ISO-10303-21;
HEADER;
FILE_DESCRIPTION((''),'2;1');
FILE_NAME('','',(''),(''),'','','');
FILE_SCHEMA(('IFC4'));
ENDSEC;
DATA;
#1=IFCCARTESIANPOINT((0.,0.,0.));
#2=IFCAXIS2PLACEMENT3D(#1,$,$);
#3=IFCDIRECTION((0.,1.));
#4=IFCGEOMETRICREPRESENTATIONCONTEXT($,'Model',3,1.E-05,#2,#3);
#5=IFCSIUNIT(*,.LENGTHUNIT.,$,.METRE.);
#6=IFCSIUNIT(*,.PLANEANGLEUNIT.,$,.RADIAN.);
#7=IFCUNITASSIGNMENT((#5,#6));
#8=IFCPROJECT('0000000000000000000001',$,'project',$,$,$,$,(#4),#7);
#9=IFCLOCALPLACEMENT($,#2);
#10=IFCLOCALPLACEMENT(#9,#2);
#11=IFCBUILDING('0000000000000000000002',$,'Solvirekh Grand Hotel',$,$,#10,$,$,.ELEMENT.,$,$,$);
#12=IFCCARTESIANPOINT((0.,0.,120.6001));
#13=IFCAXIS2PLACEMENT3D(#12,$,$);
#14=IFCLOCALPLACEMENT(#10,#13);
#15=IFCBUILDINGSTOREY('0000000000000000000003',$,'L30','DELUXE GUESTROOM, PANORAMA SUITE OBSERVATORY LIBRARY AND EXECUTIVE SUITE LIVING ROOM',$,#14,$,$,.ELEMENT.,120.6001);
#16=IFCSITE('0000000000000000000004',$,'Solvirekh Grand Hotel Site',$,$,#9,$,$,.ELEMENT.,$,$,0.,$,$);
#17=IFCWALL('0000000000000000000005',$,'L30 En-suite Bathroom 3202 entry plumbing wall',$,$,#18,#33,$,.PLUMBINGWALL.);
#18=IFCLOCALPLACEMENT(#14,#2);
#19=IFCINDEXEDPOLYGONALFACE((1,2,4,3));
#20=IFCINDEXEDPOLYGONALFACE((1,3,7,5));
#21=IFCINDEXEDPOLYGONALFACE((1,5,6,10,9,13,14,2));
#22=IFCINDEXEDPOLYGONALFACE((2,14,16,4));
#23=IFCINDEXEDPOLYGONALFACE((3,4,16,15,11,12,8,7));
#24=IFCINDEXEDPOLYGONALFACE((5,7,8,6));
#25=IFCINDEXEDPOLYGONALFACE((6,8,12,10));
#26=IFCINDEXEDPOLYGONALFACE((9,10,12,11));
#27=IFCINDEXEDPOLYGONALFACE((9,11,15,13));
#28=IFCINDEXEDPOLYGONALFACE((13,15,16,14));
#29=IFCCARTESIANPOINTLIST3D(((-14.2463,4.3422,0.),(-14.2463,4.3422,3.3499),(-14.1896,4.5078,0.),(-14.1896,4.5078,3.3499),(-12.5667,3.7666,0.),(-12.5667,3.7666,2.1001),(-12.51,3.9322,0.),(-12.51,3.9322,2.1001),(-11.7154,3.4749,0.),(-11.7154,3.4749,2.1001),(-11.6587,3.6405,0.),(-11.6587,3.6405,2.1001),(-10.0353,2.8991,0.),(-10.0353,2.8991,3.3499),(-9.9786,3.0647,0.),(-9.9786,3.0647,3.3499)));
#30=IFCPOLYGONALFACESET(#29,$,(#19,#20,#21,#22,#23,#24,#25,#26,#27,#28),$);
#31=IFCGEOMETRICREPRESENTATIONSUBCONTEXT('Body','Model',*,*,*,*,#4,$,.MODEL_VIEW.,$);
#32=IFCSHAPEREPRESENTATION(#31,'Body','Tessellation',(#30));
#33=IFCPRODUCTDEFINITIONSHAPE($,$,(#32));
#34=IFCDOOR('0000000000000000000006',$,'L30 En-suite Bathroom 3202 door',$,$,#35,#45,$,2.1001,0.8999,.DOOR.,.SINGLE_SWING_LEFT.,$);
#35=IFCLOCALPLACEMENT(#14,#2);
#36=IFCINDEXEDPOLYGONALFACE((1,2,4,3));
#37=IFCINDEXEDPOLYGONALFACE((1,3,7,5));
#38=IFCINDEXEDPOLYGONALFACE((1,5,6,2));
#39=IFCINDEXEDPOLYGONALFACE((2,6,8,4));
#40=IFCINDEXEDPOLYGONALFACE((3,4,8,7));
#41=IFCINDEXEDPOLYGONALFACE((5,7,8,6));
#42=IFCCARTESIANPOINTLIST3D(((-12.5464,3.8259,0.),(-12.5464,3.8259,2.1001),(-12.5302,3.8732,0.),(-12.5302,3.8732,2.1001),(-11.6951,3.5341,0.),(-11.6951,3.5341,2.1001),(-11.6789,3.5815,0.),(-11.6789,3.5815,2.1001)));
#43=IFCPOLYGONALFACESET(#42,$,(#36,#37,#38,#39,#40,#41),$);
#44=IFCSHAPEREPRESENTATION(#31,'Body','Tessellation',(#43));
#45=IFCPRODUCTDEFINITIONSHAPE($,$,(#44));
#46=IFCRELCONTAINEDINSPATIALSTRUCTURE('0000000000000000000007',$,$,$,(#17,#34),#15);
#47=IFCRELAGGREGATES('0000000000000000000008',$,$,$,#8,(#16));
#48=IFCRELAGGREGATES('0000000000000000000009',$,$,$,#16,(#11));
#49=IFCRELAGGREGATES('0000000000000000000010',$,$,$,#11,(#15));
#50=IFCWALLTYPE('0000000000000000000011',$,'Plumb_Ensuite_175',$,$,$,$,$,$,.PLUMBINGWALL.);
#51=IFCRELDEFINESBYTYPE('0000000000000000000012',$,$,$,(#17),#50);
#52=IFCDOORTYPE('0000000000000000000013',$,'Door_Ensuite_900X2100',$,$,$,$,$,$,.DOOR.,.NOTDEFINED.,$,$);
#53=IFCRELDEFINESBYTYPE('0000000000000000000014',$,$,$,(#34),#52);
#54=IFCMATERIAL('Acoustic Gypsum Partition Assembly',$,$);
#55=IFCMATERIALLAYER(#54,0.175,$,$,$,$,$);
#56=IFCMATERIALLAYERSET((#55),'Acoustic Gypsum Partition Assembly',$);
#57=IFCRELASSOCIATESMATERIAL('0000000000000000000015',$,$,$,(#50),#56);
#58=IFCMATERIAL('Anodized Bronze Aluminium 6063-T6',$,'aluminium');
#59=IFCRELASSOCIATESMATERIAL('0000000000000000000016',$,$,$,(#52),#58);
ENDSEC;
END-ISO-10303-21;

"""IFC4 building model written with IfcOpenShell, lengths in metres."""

from ifc_helpers import new_model, si_unit, direction, frame, frame_2d, origin, place, context, subcontext, project, spatial, rectangle, extrude, material, layer, layer_set, type_object, element, fill, save


model = new_model("IFC4")

# Units and contexts
model_context = context("Model", 3, precision=1e-05, world=origin(), true_north=direction((0.0, 1.0)))
body_context = subcontext(model_context, "Body", "Model", "MODEL_VIEW")
ifc_project = project(units=[si_unit("LENGTHUNIT", "METRE"), si_unit("PLANEANGLEUNIT", "RADIAN")], contexts=[model_context])

# Site, building, storey
site_placement = place(None, origin())
site = spatial("IfcSite", under=ifc_project, at=site_placement, Name="Solvirekh Grand Hotel Site", CompositionType="ELEMENT", RefElevation=0.0)
building_placement = place(site_placement, origin())
building = spatial("IfcBuilding", under=site, at=building_placement, Name="Solvirekh Grand Hotel", CompositionType="ELEMENT")
storey_placement = place(building_placement, frame((0.0, 0.0, 120.6001)))
storey = spatial("IfcBuildingStorey", under=building, at=storey_placement, Name="L30", Description="DELUXE GUESTROOM, PANORAMA SUITE OBSERVATORY LIBRARY AND EXECUTIVE SUITE LIVING ROOM", CompositionType="ELEMENT", Elevation=120.6001)

# Shared definitions
ifc_material_1 = material(Name="Anodized Bronze Aluminium 6063-T6", Category="aluminium")

# Shared definitions
ifc_material_2 = material(Name="Acoustic Gypsum Partition Assembly")

# Shared definitions
ifc_layer_1 = layer(ifc_material_2, 0.175)
ifc_layer_set_1 = layer_set([ifc_layer_1], Name="Acoustic Gypsum Partition Assembly")
wall_type_1 = type_object("IfcWallType", Name="Plumb_Ensuite_175", PredefinedType="PLUMBINGWALL", material=ifc_layer_set_1)

# Wall, opening, door
wall_1_placement = place(storey_placement, frame((-10.0071, 2.9819, 0.0), z_axis=(0.0, 0.0, 1.0), x_axis=(-0.94599, 0.324197, 0.0)))
wall_1 = element("IfcWall", 1, at=wall_1_placement, inside=storey, type_object=wall_type_1, Name="L30 En-suite Bathroom 3202 entry plumbing wall", PredefinedType="PLUMBINGWALL", context=body_context, shape_type="SweptSolid", body=[
    extrude(rectangle(XDim=4.4514, YDim=0.175, at=frame_2d((2.2256, 0.0))), origin(), (0.0, 0.0, 1.0), 3.3499),
])
opening_1_placement = place(wall_1_placement, frame((1.7759, 0.0, 0.0)))
opening_1 = element("IfcOpeningElement", 2, at=opening_1_placement, cuts=wall_1, PredefinedType="OPENING", context=body_context, shape_type="SweptSolid", body=[
    extrude(rectangle(XDim=0.8999, YDim=2.1001, at=frame_2d((0.45, 1.05))), frame((0.0, 0.0977, 0.0), z_axis=(0.0, -1.0, 0.0), x_axis=(1.0, 0.0, 0.0)), (0.0, 0.0, 1.0), 0.1951),
])
door_type_1 = type_object("IfcDoorType", Name="Door_Ensuite_900X2100", OperationType="NOTDEFINED", PredefinedType="DOOR", material=ifc_material_1)
door_1_placement = place(opening_1_placement, origin())
door_1 = element("IfcDoor", 3, at=door_1_placement, inside=storey, type_object=door_type_1, Name="L30 En-suite Bathroom 3202 door", OperationType="SINGLE_SWING_LEFT", OverallHeight=2.1001, OverallWidth=0.8999, PredefinedType="DOOR", context=body_context, shape_type="SweptSolid", body=[
    extrude(rectangle(XDim=0.8999, YDim=2.1001, at=frame_2d((0.45, 1.05))), frame((0.0, 0.0249, 0.0), z_axis=(0.0, -1.0, 0.0), x_axis=(1.0, 0.0, 0.0)), (0.0, 0.0, 1.0), 0.05),
])
fill(opening_1, door_1)

save(model, "model.ifc")
